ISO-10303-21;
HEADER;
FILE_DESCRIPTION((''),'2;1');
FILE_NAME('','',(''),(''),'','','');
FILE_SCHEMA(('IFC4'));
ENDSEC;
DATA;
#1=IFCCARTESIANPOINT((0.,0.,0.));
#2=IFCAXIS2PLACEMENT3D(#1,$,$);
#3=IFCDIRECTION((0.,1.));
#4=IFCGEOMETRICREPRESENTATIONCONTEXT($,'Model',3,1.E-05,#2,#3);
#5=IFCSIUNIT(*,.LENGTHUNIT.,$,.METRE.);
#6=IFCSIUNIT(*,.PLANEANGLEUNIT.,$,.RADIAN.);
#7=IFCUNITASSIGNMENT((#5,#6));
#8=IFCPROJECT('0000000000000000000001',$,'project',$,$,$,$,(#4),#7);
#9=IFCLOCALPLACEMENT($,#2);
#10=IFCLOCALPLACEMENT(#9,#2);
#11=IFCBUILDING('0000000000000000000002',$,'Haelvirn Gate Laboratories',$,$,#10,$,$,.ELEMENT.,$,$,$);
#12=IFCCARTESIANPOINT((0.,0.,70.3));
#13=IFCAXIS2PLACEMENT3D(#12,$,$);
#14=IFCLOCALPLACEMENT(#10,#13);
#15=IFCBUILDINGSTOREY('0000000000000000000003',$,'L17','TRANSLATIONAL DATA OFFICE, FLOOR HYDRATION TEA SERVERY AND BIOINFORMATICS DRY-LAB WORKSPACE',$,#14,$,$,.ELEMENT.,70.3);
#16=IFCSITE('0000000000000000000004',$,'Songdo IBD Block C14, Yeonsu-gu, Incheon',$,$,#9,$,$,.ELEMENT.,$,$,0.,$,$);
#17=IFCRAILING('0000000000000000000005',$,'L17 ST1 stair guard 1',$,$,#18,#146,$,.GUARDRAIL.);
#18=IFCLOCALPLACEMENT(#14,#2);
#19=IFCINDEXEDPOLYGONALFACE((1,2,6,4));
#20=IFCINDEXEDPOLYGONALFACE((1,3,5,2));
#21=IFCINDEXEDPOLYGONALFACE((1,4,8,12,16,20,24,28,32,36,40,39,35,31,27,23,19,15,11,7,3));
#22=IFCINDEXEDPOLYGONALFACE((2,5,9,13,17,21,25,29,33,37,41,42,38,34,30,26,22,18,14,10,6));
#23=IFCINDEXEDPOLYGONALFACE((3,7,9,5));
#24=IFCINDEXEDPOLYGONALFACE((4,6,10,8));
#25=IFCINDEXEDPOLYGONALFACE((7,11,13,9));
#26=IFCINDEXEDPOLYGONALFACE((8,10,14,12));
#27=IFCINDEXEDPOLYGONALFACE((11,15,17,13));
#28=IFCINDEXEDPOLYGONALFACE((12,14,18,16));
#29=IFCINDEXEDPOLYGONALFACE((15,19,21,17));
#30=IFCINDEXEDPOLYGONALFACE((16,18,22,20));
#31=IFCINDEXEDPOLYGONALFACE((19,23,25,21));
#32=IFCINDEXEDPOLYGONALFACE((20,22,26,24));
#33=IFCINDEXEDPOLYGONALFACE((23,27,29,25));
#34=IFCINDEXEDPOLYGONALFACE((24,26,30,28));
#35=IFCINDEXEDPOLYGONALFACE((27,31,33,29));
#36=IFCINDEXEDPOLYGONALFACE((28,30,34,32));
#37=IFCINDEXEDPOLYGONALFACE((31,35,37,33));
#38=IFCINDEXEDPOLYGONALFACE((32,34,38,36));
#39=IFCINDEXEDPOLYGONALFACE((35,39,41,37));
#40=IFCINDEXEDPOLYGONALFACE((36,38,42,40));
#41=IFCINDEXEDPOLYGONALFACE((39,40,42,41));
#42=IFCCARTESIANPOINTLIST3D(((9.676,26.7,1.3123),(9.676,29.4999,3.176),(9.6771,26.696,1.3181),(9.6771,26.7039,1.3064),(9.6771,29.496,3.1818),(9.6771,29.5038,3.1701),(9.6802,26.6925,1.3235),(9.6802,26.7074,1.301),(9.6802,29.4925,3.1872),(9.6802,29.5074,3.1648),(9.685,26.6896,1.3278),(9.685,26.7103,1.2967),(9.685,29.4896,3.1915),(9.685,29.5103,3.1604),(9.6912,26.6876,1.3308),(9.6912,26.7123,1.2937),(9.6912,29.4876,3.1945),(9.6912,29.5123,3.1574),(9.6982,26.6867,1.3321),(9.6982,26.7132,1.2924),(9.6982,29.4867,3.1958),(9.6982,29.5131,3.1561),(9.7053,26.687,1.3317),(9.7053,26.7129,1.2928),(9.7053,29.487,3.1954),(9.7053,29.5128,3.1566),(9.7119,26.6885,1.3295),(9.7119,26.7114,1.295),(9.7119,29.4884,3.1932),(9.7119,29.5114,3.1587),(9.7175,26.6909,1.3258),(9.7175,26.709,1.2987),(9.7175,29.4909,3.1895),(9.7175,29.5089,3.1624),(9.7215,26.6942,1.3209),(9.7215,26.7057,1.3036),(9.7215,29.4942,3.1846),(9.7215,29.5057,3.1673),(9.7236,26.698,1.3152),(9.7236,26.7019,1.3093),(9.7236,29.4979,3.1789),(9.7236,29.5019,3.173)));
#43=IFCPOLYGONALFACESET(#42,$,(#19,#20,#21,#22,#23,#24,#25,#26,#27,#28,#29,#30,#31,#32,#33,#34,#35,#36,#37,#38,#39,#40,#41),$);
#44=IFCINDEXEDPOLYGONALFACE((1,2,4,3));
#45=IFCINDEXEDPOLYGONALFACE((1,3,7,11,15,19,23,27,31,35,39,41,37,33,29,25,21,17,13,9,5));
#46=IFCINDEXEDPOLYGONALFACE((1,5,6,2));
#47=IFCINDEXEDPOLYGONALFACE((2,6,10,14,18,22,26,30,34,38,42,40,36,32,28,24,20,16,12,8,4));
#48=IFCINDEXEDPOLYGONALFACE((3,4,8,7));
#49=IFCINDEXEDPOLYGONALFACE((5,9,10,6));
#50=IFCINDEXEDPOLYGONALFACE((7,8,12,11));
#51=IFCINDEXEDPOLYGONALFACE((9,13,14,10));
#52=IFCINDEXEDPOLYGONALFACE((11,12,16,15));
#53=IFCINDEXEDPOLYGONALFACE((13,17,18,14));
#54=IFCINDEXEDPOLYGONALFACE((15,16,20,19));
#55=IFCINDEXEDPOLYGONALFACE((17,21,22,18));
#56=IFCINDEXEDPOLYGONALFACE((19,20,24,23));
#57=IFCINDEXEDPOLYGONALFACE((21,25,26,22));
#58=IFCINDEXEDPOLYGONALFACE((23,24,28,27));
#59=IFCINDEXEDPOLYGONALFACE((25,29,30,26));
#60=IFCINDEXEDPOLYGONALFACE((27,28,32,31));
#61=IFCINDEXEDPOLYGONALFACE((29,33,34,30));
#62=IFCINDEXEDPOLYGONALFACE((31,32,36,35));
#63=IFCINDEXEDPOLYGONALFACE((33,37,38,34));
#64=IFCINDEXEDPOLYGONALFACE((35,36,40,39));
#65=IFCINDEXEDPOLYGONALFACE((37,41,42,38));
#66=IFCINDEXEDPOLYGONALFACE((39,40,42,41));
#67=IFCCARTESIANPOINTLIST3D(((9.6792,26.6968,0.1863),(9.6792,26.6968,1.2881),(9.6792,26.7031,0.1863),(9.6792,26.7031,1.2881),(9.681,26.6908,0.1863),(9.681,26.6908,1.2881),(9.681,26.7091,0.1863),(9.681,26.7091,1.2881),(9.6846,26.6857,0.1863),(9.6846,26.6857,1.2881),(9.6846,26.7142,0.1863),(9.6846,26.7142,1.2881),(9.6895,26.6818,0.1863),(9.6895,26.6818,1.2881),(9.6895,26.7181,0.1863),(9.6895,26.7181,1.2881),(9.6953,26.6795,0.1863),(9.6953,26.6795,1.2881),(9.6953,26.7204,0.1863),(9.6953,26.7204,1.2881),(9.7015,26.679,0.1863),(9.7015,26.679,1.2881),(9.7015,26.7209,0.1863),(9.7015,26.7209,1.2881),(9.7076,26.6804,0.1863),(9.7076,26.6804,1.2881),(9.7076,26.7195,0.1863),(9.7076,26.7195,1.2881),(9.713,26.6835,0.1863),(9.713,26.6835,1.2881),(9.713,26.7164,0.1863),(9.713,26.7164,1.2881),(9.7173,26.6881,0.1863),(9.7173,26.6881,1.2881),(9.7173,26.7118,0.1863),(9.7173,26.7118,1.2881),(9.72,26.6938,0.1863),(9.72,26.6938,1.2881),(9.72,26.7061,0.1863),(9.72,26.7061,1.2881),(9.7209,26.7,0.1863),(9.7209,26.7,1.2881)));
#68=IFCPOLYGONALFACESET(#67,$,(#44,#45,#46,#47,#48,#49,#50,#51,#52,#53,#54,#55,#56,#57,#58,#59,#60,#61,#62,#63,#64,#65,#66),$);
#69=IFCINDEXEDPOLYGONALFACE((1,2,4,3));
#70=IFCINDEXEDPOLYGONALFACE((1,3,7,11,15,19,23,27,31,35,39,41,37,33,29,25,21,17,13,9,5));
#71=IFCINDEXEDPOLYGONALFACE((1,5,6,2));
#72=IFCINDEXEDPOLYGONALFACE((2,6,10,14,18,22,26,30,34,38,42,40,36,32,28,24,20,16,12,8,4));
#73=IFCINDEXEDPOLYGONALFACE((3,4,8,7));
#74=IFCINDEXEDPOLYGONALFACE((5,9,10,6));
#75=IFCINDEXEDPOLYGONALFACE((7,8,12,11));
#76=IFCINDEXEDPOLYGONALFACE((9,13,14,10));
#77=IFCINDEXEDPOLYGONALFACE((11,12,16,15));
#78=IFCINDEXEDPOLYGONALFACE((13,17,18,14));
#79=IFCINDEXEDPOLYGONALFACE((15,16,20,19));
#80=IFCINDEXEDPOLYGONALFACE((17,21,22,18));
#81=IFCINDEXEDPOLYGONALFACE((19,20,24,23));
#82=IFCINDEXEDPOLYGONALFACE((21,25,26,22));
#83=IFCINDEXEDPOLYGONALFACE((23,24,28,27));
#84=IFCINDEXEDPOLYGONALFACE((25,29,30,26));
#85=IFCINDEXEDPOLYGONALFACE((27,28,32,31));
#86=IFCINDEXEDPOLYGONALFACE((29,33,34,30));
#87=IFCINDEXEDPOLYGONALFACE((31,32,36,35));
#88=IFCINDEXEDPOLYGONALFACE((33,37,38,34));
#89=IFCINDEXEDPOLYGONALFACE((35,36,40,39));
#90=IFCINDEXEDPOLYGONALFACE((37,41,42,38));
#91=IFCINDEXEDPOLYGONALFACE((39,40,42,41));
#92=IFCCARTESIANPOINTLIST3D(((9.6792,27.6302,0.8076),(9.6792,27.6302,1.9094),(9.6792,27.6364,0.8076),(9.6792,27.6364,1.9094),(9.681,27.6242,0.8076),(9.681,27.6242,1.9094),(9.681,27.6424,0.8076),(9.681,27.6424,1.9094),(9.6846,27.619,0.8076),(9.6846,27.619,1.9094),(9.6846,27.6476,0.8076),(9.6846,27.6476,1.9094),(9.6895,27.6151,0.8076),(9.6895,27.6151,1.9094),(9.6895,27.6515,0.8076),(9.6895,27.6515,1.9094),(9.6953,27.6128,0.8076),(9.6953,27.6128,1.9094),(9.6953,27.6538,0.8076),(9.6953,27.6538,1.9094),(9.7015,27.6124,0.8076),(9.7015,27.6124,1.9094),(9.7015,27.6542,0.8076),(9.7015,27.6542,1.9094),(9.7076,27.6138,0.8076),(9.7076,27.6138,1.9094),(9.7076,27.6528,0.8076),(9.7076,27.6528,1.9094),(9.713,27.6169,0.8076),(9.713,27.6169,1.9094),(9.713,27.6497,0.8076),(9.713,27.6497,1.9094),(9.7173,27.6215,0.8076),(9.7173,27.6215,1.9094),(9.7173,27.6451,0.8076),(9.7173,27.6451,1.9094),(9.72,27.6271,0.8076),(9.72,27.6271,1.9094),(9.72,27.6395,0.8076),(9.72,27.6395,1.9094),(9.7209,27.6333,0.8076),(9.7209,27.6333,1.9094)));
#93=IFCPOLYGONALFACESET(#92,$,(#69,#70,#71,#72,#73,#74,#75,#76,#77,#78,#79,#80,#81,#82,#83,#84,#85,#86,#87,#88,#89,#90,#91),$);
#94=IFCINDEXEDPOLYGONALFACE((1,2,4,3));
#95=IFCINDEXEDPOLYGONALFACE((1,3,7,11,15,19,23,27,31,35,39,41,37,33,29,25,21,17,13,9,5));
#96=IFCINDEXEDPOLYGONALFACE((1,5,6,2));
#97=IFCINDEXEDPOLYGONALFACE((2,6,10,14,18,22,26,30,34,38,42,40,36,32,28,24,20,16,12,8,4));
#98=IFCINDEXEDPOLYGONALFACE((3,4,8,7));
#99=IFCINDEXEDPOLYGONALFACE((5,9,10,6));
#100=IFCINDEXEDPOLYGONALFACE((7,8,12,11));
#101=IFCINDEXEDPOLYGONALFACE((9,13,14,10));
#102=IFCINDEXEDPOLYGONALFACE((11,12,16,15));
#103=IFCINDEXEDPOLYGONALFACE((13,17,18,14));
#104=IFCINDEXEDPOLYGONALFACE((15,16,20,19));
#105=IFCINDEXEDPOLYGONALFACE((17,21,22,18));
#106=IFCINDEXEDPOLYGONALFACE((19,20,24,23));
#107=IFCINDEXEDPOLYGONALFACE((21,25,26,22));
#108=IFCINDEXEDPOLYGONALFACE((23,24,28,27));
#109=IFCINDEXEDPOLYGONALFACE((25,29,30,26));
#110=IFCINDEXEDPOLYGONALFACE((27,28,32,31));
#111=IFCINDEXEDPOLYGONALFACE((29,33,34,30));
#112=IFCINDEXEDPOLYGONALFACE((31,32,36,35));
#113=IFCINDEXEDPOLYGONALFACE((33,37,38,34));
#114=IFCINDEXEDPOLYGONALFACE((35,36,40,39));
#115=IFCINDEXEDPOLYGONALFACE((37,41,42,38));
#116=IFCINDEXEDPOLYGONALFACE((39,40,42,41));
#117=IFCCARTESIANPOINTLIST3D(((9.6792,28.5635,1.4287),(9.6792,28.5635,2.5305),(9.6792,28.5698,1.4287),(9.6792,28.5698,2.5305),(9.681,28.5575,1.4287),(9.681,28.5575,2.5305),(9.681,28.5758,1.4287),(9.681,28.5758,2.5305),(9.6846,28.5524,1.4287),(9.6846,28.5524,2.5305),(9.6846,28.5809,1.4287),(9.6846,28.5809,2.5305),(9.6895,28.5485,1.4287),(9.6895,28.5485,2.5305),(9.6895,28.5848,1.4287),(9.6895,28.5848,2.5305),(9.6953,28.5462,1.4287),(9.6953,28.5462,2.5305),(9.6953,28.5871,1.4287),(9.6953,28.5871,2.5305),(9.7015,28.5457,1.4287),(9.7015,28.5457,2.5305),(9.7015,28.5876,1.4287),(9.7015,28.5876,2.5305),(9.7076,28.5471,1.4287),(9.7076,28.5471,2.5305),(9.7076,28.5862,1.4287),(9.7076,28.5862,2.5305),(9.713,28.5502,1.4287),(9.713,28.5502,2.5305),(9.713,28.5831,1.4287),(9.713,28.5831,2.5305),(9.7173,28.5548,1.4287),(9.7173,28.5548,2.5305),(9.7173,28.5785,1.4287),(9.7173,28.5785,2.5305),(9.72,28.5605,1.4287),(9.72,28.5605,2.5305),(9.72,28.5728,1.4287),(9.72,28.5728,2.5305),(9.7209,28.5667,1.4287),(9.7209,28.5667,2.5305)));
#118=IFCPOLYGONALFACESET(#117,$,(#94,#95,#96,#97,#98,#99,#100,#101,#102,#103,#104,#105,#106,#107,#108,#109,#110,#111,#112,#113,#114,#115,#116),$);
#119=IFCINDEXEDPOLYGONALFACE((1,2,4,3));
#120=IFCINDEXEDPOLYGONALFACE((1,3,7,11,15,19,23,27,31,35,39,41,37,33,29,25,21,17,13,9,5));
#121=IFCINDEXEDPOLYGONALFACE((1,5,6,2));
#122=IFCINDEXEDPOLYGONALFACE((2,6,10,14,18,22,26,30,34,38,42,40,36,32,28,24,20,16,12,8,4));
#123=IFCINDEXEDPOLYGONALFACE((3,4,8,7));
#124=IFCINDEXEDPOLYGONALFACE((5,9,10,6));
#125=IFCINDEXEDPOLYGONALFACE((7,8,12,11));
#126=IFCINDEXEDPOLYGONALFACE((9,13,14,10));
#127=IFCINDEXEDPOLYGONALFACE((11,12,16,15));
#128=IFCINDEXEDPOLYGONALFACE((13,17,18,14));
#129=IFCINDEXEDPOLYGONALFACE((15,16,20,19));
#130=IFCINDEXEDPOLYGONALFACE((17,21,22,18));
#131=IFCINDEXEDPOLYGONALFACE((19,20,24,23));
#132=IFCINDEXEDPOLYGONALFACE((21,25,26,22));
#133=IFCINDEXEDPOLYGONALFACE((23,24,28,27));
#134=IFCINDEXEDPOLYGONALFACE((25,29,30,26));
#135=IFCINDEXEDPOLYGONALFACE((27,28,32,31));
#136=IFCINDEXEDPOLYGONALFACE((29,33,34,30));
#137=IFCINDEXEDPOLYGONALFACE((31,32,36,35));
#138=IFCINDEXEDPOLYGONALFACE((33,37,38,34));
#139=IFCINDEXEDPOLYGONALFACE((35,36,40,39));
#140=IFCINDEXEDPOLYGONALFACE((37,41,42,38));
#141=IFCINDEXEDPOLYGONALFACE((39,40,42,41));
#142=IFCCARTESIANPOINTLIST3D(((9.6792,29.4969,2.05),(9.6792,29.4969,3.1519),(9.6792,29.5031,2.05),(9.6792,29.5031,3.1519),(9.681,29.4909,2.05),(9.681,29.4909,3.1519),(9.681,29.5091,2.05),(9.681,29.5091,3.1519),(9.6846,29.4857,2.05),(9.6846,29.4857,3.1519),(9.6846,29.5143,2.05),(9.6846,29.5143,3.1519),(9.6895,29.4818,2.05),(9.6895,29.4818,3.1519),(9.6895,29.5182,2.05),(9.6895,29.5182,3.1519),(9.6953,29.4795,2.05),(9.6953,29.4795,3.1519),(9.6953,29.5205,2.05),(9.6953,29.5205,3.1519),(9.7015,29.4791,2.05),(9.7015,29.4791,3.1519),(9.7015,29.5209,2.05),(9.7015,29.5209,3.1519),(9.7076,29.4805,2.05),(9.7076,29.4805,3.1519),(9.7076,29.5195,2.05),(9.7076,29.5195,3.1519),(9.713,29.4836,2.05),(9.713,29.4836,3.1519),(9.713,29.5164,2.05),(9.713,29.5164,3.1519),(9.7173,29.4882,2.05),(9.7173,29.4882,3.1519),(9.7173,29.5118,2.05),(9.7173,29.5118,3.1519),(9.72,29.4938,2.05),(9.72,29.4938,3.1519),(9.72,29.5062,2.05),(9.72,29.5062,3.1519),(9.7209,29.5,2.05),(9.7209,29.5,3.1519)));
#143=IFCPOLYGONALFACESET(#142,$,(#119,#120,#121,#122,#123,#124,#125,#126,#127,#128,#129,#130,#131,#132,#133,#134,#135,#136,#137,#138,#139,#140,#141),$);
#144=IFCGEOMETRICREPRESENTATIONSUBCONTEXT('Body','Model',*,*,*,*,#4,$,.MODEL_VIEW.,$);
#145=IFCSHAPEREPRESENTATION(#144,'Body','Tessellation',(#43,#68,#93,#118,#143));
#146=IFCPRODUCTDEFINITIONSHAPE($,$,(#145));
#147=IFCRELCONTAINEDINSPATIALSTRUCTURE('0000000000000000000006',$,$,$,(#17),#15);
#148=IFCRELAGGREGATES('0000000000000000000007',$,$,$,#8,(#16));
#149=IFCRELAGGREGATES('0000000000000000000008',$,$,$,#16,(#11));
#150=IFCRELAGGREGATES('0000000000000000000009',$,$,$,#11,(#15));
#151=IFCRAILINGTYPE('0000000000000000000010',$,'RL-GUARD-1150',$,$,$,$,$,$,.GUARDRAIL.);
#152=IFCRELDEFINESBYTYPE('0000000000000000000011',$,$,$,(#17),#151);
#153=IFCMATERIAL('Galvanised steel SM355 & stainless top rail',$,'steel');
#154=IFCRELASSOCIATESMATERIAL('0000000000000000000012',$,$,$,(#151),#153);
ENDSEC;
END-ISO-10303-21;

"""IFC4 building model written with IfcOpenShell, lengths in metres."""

from ifc_helpers import new_model, si_unit, direction, frame, origin, origin_2d, place, context, subcontext, project, spatial, circle, extrude, source, transform, mapped, material, type_object, element, save


model = new_model("IFC4")

# Units and contexts
model_context = context("Model", 3, precision=1e-05, world=origin(), true_north=direction((0.0, 1.0)))
body_context = subcontext(model_context, "Body", "Model", "MODEL_VIEW")
ifc_project = project(units=[si_unit("LENGTHUNIT", "METRE"), si_unit("PLANEANGLEUNIT", "RADIAN")], contexts=[model_context])

# Site, building, storey
site_placement = place(None, origin())
site = spatial("IfcSite", under=ifc_project, at=site_placement, Name="Songdo IBD Block C14, Yeonsu-gu, Incheon", CompositionType="ELEMENT", RefElevation=0.0)
building_placement = place(site_placement, origin())
building = spatial("IfcBuilding", under=site, at=building_placement, Name="Haelvirn Gate Laboratories", CompositionType="ELEMENT")
storey_placement = place(building_placement, frame((0.0, 0.0, 70.3)))
storey = spatial("IfcBuildingStorey", under=building, at=storey_placement, Name="L17", Description="TRANSLATIONAL DATA OFFICE, FLOOR HYDRATION TEA SERVERY AND BIOINFORMATICS DRY-LAB WORKSPACE", CompositionType="ELEMENT", Elevation=70.3)

# Railing
ifc_material_1 = material(Name="Galvanised steel SM355 & stainless top rail", Category="steel")
railing_type_1 = type_object("IfcRailingType", Name="RL-GUARD-1150", PredefinedType="GUARDRAIL", material=ifc_material_1)
shared_shape_1 = source(origin(), body_context, "Body", "SweptSolid", [
    extrude(circle(Radius=0.0239, at=origin_2d()), frame((0.0, 0.0, 1.126), z_axis=(0.0, 0.832452, 0.554097), x_axis=(-1.0, 0.0, 0.0)), (0.0, 0.0, 1.0), 3.3635),
    extrude(circle(Radius=0.021, at=origin_2d()), origin(), (0.0, 0.0, 1.0), 1.1018),
    extrude(circle(Radius=0.021, at=origin_2d()), frame((0.0, 0.9333, 0.6213)), (0.0, 0.0, 1.0), 1.1018),
    extrude(circle(Radius=0.021, at=origin_2d()), frame((0.0, 1.8667, 1.2424)), (0.0, 0.0, 1.0), 1.1018),
    extrude(circle(Radius=0.021, at=origin_2d()), frame((0.0, 2.8, 1.8638)), (0.0, 0.0, 1.0), 1.1018),
])
railing_1_placement = place(storey_placement, frame((9.7, 26.7, 0.1863)))
element("IfcRailing", 1, at=railing_1_placement, inside=storey, type_object=railing_type_1, Name="L17 ST1 stair guard 1", PredefinedType="GUARDRAIL", context=body_context, shape_type="MappedRepresentation", body=[
    mapped(shared_shape_1, transform((0.0, 0.0, 0.0), scale=1.0)),
])

save(model, "model.ifc")
